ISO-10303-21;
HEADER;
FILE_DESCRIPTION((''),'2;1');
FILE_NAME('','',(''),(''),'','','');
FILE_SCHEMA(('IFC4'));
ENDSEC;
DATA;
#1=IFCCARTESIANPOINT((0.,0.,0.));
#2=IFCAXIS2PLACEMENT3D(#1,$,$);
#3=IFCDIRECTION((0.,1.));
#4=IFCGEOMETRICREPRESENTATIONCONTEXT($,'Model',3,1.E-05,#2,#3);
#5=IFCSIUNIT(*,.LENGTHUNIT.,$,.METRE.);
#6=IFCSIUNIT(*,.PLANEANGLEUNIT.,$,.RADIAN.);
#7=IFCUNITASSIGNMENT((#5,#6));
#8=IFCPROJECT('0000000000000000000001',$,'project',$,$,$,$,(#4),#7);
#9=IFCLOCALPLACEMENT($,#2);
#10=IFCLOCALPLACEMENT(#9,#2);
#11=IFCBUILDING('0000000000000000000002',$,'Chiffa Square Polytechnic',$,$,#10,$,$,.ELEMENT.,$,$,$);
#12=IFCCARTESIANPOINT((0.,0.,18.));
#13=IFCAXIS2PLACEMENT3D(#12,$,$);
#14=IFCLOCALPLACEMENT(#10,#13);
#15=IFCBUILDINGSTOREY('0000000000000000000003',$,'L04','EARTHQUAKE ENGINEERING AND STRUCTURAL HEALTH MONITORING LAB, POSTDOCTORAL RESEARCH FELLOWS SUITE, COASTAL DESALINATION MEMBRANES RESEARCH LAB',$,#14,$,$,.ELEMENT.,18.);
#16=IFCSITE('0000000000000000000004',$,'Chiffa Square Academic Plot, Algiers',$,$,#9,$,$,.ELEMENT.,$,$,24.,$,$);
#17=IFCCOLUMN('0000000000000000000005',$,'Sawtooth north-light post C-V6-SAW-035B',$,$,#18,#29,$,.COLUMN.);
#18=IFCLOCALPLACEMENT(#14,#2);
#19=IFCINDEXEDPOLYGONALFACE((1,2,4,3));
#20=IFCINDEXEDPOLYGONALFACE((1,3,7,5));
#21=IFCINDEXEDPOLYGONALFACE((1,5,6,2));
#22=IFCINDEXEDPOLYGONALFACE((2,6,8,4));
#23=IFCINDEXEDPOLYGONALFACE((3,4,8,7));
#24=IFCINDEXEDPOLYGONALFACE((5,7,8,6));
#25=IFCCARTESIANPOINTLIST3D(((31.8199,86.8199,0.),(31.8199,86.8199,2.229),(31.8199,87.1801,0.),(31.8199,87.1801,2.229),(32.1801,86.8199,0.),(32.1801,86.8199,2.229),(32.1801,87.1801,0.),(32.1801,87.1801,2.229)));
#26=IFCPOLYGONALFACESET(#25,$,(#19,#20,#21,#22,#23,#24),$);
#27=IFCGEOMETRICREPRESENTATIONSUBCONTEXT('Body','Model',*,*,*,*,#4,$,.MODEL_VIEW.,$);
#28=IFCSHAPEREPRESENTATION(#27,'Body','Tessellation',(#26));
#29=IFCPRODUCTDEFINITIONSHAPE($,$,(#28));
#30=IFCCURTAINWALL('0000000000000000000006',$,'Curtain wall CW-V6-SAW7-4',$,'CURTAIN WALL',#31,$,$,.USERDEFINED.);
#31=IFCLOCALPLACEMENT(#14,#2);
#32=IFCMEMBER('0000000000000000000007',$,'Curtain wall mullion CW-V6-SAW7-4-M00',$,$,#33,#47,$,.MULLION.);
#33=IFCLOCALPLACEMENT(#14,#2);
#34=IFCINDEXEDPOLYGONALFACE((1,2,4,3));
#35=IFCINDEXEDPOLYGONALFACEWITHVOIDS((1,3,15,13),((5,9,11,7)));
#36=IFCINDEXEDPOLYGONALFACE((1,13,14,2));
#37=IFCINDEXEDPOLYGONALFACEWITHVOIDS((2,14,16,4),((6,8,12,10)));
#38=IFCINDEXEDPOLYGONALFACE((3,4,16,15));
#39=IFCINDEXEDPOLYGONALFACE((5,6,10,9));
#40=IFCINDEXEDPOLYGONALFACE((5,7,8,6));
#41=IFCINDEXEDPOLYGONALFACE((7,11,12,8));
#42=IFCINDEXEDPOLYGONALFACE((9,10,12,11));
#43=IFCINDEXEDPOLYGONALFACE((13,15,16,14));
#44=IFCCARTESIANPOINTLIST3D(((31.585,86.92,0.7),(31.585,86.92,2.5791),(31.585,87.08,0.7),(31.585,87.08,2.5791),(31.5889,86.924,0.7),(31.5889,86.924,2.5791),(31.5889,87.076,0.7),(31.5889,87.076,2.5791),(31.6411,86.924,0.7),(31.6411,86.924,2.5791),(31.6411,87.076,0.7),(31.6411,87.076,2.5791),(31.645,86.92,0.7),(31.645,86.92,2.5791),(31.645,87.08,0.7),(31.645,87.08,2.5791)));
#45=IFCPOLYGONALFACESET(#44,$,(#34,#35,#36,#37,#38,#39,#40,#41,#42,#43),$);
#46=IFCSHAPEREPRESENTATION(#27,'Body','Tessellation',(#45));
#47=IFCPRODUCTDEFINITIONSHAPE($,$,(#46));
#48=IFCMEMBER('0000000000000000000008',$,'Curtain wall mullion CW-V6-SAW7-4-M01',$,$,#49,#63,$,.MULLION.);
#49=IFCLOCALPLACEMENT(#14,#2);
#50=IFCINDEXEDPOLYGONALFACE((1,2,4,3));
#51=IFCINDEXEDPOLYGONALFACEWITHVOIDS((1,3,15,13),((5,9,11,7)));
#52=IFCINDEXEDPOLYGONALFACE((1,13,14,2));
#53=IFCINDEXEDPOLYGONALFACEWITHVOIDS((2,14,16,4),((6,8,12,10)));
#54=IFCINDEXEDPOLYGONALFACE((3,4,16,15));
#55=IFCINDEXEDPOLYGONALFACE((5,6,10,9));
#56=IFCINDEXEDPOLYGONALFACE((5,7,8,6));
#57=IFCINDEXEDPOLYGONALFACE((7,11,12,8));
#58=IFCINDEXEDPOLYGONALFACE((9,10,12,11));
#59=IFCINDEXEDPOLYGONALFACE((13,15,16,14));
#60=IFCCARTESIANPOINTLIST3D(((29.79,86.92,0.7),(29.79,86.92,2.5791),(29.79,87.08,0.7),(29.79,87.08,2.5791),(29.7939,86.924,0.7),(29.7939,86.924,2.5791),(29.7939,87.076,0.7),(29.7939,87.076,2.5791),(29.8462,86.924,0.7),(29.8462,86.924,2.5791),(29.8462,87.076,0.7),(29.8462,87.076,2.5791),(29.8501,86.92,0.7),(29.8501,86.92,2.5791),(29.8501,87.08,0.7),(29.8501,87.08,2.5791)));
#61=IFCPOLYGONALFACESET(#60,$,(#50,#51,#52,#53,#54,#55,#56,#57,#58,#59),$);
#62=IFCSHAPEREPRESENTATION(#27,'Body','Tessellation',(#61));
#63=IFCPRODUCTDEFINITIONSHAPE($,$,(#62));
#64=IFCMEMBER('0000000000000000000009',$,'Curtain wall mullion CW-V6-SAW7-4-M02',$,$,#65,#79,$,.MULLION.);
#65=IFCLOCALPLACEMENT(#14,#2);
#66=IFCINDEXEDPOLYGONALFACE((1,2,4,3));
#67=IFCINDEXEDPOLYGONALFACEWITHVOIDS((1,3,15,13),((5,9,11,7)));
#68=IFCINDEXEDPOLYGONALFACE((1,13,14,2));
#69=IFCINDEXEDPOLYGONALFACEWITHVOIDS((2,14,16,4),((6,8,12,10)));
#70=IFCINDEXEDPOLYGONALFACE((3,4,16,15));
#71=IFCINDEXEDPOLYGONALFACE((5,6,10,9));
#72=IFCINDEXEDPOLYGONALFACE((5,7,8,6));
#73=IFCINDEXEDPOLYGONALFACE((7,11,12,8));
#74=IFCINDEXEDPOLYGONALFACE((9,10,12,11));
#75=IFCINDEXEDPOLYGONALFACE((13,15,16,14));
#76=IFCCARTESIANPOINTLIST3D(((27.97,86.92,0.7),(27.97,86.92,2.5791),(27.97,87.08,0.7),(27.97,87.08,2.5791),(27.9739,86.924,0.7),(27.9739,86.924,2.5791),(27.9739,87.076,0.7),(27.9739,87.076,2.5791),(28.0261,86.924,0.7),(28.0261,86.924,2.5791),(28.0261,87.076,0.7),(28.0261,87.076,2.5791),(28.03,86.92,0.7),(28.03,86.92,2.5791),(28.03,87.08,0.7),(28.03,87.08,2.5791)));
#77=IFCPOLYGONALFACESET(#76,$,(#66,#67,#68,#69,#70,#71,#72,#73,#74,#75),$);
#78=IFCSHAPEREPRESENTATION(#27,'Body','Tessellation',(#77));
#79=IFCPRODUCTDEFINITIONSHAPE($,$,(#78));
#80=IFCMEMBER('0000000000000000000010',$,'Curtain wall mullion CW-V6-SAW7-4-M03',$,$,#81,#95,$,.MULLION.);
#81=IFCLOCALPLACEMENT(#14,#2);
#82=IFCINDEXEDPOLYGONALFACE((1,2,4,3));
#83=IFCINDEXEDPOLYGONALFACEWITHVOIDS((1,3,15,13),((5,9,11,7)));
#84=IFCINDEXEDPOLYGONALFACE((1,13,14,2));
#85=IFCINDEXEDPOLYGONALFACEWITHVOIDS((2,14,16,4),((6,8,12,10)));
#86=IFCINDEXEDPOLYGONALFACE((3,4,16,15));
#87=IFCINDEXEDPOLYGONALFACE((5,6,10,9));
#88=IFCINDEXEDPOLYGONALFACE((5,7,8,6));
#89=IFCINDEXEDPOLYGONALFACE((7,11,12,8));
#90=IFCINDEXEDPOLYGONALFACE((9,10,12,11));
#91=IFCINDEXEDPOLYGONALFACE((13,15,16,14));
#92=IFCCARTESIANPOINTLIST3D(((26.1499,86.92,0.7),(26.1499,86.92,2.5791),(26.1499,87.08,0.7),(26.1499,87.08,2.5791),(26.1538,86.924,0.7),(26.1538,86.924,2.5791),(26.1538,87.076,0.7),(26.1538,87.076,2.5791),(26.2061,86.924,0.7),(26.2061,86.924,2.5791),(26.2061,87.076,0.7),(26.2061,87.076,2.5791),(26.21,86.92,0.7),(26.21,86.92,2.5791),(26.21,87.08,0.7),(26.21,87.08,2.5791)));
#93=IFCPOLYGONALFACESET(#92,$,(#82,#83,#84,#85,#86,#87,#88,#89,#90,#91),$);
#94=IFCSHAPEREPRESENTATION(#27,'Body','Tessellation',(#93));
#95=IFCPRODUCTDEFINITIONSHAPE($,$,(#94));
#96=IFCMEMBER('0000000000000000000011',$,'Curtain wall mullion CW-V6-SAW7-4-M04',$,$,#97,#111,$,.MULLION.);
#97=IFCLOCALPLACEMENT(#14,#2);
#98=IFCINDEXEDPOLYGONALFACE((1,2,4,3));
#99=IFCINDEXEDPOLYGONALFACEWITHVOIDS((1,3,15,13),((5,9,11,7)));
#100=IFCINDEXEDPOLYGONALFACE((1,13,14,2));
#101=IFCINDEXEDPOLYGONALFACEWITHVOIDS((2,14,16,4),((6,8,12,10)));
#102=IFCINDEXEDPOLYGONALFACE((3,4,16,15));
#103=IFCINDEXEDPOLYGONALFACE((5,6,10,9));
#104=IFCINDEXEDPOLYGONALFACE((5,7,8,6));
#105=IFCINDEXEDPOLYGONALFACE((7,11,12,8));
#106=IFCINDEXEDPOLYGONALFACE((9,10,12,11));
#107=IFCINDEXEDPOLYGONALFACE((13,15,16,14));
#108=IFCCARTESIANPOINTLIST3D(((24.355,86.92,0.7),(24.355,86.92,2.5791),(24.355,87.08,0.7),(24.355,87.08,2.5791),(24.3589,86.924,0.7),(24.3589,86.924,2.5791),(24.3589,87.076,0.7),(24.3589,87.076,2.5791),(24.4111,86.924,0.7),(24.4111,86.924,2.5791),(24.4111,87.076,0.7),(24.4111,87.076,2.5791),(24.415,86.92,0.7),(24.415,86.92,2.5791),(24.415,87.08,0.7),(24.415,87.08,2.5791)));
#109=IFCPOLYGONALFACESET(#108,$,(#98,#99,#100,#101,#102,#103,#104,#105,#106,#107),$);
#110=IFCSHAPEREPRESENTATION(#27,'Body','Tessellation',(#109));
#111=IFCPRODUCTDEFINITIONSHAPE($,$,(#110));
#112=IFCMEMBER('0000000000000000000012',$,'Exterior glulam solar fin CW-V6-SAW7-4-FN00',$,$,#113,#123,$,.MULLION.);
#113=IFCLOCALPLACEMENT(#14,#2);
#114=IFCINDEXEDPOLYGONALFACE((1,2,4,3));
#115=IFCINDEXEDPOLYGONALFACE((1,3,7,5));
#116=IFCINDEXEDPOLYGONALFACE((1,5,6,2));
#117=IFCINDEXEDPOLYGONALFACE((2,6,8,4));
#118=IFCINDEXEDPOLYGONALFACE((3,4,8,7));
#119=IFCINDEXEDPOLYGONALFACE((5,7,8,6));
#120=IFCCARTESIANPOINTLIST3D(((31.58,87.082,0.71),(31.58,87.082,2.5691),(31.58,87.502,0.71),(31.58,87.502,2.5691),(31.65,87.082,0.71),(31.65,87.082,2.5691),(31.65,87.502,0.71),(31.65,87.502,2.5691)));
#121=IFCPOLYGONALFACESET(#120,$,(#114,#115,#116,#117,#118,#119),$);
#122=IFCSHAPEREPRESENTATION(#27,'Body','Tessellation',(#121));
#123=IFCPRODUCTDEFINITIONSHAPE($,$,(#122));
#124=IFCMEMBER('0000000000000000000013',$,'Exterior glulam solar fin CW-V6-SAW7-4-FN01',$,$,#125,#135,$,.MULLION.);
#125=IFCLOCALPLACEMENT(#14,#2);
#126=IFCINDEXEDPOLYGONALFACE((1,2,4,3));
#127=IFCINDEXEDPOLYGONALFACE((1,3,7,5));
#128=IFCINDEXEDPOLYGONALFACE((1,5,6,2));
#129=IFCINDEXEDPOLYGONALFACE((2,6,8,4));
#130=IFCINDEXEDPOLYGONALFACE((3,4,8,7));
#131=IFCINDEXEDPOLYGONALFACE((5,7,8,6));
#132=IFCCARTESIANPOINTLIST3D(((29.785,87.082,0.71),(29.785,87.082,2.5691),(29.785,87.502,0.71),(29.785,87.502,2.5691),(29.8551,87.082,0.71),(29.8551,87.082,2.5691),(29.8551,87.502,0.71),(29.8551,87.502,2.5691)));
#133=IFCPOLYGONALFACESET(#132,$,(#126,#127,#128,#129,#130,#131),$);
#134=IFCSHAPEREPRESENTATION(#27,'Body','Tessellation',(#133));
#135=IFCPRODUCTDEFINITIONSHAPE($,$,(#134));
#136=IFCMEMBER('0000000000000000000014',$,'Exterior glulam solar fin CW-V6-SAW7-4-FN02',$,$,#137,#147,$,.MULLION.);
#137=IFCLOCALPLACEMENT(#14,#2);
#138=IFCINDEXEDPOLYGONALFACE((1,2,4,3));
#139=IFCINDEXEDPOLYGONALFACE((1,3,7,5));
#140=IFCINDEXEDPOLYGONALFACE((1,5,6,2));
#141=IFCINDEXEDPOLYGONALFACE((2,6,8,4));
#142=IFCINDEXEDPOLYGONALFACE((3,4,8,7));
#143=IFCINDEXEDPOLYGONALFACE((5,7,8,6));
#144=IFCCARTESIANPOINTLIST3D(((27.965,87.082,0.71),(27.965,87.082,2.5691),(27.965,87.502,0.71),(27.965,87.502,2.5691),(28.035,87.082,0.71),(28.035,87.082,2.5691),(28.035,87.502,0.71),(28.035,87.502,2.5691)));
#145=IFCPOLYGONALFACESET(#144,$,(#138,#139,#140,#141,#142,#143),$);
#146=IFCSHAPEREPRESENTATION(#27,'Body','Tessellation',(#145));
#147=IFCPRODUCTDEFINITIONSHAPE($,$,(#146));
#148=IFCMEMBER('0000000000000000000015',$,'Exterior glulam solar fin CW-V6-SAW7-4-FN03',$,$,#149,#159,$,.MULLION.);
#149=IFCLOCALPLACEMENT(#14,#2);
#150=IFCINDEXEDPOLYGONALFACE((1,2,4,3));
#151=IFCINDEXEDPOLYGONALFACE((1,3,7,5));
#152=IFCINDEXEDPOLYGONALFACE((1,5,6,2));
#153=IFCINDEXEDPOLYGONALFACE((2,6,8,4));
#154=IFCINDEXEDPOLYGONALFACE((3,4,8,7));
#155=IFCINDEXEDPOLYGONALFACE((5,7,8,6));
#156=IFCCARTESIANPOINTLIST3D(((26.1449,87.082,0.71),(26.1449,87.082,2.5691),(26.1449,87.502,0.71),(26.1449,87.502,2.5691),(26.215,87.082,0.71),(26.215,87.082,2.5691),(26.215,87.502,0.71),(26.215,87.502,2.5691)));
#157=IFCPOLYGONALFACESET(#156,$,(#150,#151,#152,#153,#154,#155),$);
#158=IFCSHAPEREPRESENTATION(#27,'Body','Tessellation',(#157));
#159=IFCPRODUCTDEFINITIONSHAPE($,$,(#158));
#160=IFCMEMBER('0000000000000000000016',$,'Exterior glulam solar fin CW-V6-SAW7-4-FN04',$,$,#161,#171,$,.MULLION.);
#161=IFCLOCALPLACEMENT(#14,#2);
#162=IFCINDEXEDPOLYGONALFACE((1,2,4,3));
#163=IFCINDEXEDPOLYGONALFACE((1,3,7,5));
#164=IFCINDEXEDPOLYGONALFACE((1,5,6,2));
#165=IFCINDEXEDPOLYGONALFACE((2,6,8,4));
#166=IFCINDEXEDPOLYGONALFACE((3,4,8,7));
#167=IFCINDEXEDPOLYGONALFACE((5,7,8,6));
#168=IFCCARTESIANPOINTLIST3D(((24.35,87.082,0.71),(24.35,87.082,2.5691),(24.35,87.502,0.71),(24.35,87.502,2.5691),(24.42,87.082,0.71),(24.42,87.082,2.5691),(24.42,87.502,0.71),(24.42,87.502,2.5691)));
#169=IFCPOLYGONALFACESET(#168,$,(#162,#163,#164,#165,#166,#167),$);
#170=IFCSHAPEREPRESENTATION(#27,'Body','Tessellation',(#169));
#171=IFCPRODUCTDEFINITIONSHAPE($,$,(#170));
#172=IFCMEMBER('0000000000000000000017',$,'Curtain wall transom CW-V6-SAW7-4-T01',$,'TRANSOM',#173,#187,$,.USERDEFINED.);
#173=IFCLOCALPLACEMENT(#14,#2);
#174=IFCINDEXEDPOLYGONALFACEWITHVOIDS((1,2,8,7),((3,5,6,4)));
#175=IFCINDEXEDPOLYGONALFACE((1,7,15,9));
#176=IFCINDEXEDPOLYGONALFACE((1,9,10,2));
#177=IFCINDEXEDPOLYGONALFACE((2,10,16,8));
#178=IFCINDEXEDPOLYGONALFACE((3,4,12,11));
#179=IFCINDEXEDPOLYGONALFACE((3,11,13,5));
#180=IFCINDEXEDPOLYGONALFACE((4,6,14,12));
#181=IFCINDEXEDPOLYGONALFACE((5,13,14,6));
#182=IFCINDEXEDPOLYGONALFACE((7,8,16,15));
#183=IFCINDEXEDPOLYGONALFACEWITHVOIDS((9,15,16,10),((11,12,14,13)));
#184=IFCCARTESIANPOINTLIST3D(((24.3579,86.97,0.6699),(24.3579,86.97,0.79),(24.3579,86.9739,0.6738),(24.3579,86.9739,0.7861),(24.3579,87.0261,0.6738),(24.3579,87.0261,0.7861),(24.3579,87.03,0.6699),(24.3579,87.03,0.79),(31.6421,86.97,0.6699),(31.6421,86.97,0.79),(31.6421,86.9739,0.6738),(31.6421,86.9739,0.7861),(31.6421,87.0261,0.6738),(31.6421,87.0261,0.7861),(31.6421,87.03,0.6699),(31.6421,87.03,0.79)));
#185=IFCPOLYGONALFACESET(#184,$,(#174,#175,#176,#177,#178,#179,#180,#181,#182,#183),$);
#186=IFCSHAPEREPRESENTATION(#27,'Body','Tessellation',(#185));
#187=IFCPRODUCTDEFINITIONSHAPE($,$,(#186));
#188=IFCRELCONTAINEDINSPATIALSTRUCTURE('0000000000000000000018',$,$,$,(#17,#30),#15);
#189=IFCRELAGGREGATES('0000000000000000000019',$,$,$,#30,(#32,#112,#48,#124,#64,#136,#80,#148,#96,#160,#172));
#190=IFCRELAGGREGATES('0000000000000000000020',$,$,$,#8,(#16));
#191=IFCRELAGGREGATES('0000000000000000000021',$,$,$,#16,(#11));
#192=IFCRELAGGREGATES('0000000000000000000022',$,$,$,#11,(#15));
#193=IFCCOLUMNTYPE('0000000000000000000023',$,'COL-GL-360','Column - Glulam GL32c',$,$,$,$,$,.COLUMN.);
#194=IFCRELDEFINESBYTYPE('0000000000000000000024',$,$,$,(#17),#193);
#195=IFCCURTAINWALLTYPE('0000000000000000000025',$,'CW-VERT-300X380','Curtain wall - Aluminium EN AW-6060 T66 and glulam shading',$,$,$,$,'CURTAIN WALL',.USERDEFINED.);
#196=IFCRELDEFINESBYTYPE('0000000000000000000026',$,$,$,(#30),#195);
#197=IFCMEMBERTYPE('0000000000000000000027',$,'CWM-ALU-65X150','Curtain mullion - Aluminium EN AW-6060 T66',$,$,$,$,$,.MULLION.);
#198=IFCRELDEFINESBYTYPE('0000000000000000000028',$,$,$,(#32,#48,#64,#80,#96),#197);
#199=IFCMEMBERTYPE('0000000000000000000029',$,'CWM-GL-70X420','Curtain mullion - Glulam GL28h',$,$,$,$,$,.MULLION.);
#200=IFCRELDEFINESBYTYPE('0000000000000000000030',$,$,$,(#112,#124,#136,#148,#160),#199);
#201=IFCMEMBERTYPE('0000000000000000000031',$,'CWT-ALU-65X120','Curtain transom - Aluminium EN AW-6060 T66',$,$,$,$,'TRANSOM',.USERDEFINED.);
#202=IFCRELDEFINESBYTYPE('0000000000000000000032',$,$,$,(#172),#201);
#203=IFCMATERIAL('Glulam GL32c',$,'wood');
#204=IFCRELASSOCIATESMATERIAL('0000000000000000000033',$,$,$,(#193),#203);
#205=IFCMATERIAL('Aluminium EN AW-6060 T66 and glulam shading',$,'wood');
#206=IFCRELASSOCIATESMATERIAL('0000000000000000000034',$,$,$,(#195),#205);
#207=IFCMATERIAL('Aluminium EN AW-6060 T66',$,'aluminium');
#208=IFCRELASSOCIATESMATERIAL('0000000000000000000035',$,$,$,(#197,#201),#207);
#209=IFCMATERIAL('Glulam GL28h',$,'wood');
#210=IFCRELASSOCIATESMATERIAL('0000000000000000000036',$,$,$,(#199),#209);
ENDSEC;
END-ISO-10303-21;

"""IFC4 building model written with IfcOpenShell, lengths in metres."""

from ifc_helpers import new_model, si_unit, direction, frame, origin, origin_2d, place, context, subcontext, project, spatial, rectangle, hollow_rectangle, extrude, material, material_profile, profile_set, type_object, element, aggregate, save


model = new_model("IFC4")

# Units and contexts
model_context = context("Model", 3, precision=1e-05, world=origin(), true_north=direction((0.0, 1.0)))
body_context = subcontext(model_context, "Body", "Model", "MODEL_VIEW")
ifc_project = project(units=[si_unit("LENGTHUNIT", "METRE"), si_unit("PLANEANGLEUNIT", "RADIAN")], contexts=[model_context])

# Site, building, storey
site_placement = place(None, origin())
site = spatial("IfcSite", under=ifc_project, at=site_placement, Name="Chiffa Square Academic Plot, Algiers", CompositionType="ELEMENT", RefElevation=24.0)
building_placement = place(site_placement, origin())
building = spatial("IfcBuilding", under=site, at=building_placement, Name="Chiffa Square Polytechnic", CompositionType="ELEMENT")
storey_placement = place(building_placement, frame((0.0, 0.0, 18.0)))
storey = spatial("IfcBuildingStorey", under=building, at=storey_placement, Name="L04", Description="EARTHQUAKE ENGINEERING AND STRUCTURAL HEALTH MONITORING LAB, POSTDOCTORAL RESEARCH FELLOWS SUITE, COASTAL DESALINATION MEMBRANES RESEARCH LAB", CompositionType="ELEMENT", Elevation=18.0)

# Column
ifc_material_1 = material(Name="Glulam GL32c", Category="wood")
ifc_material_profile_1 = material_profile(ifc_material_1, rectangle(XDim=0.3601, YDim=0.3601, at=origin_2d()), Name="GL32c 360x360")
ifc_profile_set_1 = profile_set([ifc_material_profile_1], Name="Glulam GL32c")
column_type = type_object("IfcColumnType", Name="COL-GL-360", Description="Column - Glulam GL32c", PredefinedType="COLUMN", material=ifc_profile_set_1)
column_placement = place(storey_placement, frame((32.0, 87.0, 0.0), z_axis=(0.0, 0.0, 1.0), x_axis=(1.0, 0.0, 0.0)))
element("IfcColumn", 1, at=column_placement, inside=storey, type_object=column_type, Name="Sawtooth north-light post C-V6-SAW-035B", PredefinedType="COLUMN", context=body_context, shape_type="SweptSolid", body=[
    extrude(rectangle(XDim=0.3601, YDim=0.3601, at=origin_2d()), origin(), (0.0, 0.0, 1.0), 2.229),
])

# Curtain wall, members
ifc_material_2 = material(Name="Aluminium EN AW-6060 T66 and glulam shading", Category="wood")
curtain_wall_type = type_object("IfcCurtainWallType", Name="CW-VERT-300X380", Description="Curtain wall - Aluminium EN AW-6060 T66 and glulam shading", ElementType="CURTAIN WALL", PredefinedType="USERDEFINED", material=ifc_material_2)
curtain_wall_placement = place(storey_placement, origin())
curtain_wall = element("IfcCurtainWall", 2, at=curtain_wall_placement, inside=storey, type_object=curtain_wall_type, Name="Curtain wall CW-V6-SAW7-4", ObjectType="CURTAIN WALL", PredefinedType="USERDEFINED")
ifc_material_3 = material(Name="Aluminium EN AW-6060 T66", Category="aluminium")
ifc_material_profile_2 = material_profile(ifc_material_3, hollow_rectangle(XDim=0.0601, YDim=0.1599, WallThickness=0.0039, at=origin_2d()), Name="ALU 60x160x4")
ifc_profile_set_2 = profile_set([ifc_material_profile_2], Name="Aluminium EN AW-6060 T66")
member_type_1 = type_object("IfcMemberType", Name="CWM-ALU-65X150", Description="Curtain mullion - Aluminium EN AW-6060 T66", PredefinedType="MULLION", material=ifc_profile_set_2)
member_1_placement = place(storey_placement, frame((31.615, 87.0, 0.7), z_axis=(0.0, 0.0, 1.0), x_axis=(1.0, 0.0, 0.0)))
member_1 = element("IfcMember", 3, at=member_1_placement, type_object=member_type_1, Name="Curtain wall mullion CW-V6-SAW7-4-M00", PredefinedType="MULLION", context=body_context, shape_type="SweptSolid", body=[
    extrude(hollow_rectangle(XDim=0.0601, YDim=0.1599, WallThickness=0.0039, at=origin_2d()), origin(), (0.0, 0.0, 1.0), 1.8792),
])
member_2_placement = place(storey_placement, frame((29.8201, 87.0, 0.7), z_axis=(0.0, 0.0, 1.0), x_axis=(1.0, 0.0, 0.0)))
member_2 = element("IfcMember", 4, at=member_2_placement, type_object=member_type_1, Name="Curtain wall mullion CW-V6-SAW7-4-M01", PredefinedType="MULLION", context=body_context, shape_type="SweptSolid", body=[
    extrude(hollow_rectangle(XDim=0.0601, YDim=0.1599, WallThickness=0.0039, at=origin_2d()), origin(), (0.0, 0.0, 1.0), 1.8792),
])
member_3_placement = place(storey_placement, frame((28.0, 87.0, 0.7), z_axis=(0.0, 0.0, 1.0), x_axis=(1.0, 0.0, 0.0)))
member_3 = element("IfcMember", 5, at=member_3_placement, type_object=member_type_1, Name="Curtain wall mullion CW-V6-SAW7-4-M02", PredefinedType="MULLION", context=body_context, shape_type="SweptSolid", body=[
    extrude(hollow_rectangle(XDim=0.0601, YDim=0.1599, WallThickness=0.0039, at=origin_2d()), origin(), (0.0, 0.0, 1.0), 1.8792),
])
member_4_placement = place(storey_placement, frame((26.1799, 87.0, 0.7), z_axis=(0.0, 0.0, 1.0), x_axis=(1.0, 0.0, 0.0)))
member_4 = element("IfcMember", 6, at=member_4_placement, type_object=member_type_1, Name="Curtain wall mullion CW-V6-SAW7-4-M03", PredefinedType="MULLION", context=body_context, shape_type="SweptSolid", body=[
    extrude(hollow_rectangle(XDim=0.0601, YDim=0.1599, WallThickness=0.0039, at=origin_2d()), origin(), (0.0, 0.0, 1.0), 1.8792),
])
member_5_placement = place(storey_placement, frame((24.385, 87.0, 0.7), z_axis=(0.0, 0.0, 1.0), x_axis=(1.0, 0.0, 0.0)))
member_5 = element("IfcMember", 7, at=member_5_placement, type_object=member_type_1, Name="Curtain wall mullion CW-V6-SAW7-4-M04", PredefinedType="MULLION", context=body_context, shape_type="SweptSolid", body=[
    extrude(hollow_rectangle(XDim=0.0601, YDim=0.1599, WallThickness=0.0039, at=origin_2d()), origin(), (0.0, 0.0, 1.0), 1.8792),
])
ifc_material_4 = material(Name="Glulam GL28h", Category="wood")
ifc_material_profile_3 = material_profile(ifc_material_4, rectangle(XDim=0.0701, YDim=0.4199, at=origin_2d()), Name="GL28h 70x420")
ifc_profile_set_3 = profile_set([ifc_material_profile_3], Name="Glulam GL28h")
member_type_2 = type_object("IfcMemberType", Name="CWM-GL-70X420", Description="Curtain mullion - Glulam GL28h", PredefinedType="MULLION", material=ifc_profile_set_3)
member_6_placement = place(storey_placement, frame((31.615, 87.292, 0.71), z_axis=(0.0, 0.0, 1.0), x_axis=(-1.0, 0.0, 0.0)))
member_6 = element("IfcMember", 8, at=member_6_placement, type_object=member_type_2, Name="Exterior glulam solar fin CW-V6-SAW7-4-FN00", PredefinedType="MULLION", context=body_context, shape_type="SweptSolid", body=[
    extrude(rectangle(XDim=0.0701, YDim=0.4199, at=origin_2d()), origin(), (0.0, 0.0, 1.0), 1.8591),
])
member_7_placement = place(storey_placement, frame((29.8201, 87.292, 0.71), z_axis=(0.0, 0.0, 1.0), x_axis=(-1.0, 0.0, 0.0)))
member_7 = element("IfcMember", 9, at=member_7_placement, type_object=member_type_2, Name="Exterior glulam solar fin CW-V6-SAW7-4-FN01", PredefinedType="MULLION", context=body_context, shape_type="SweptSolid", body=[
    extrude(rectangle(XDim=0.0701, YDim=0.4199, at=origin_2d()), origin(), (0.0, 0.0, 1.0), 1.8591),
])
member_8_placement = place(storey_placement, frame((28.0, 87.292, 0.71), z_axis=(0.0, 0.0, 1.0), x_axis=(-1.0, 0.0, 0.0)))
member_8 = element("IfcMember", 10, at=member_8_placement, type_object=member_type_2, Name="Exterior glulam solar fin CW-V6-SAW7-4-FN02", PredefinedType="MULLION", context=body_context, shape_type="SweptSolid", body=[
    extrude(rectangle(XDim=0.0701, YDim=0.4199, at=origin_2d()), origin(), (0.0, 0.0, 1.0), 1.8591),
])
member_9_placement = place(storey_placement, frame((26.1799, 87.292, 0.71), z_axis=(0.0, 0.0, 1.0), x_axis=(-1.0, 0.0, 0.0)))
member_9 = element("IfcMember", 11, at=member_9_placement, type_object=member_type_2, Name="Exterior glulam solar fin CW-V6-SAW7-4-FN03", PredefinedType="MULLION", context=body_context, shape_type="SweptSolid", body=[
    extrude(rectangle(XDim=0.0701, YDim=0.4199, at=origin_2d()), origin(), (0.0, 0.0, 1.0), 1.8591),
])
member_10_placement = place(storey_placement, frame((24.385, 87.292, 0.71), z_axis=(0.0, 0.0, 1.0), x_axis=(-1.0, 0.0, 0.0)))
member_10 = element("IfcMember", 12, at=member_10_placement, type_object=member_type_2, Name="Exterior glulam solar fin CW-V6-SAW7-4-FN04", PredefinedType="MULLION", context=body_context, shape_type="SweptSolid", body=[
    extrude(rectangle(XDim=0.0701, YDim=0.4199, at=origin_2d()), origin(), (0.0, 0.0, 1.0), 1.8591),
])
ifc_material_profile_4 = material_profile(ifc_material_3, hollow_rectangle(XDim=0.0601, YDim=0.1201, WallThickness=0.0039, at=origin_2d()), Name="ALU 60x120x4")
ifc_profile_set_4 = profile_set([ifc_material_profile_4], Name="Aluminium EN AW-6060 T66")
member_type_3 = type_object("IfcMemberType", Name="CWT-ALU-65X120", Description="Curtain transom - Aluminium EN AW-6060 T66", ElementType="TRANSOM", PredefinedType="USERDEFINED", material=ifc_profile_set_4)
member_11_placement = place(storey_placement, frame((31.6421, 87.0, 0.73), z_axis=(-1.0, 0.0, 0.0), x_axis=(0.0, -1.0, 0.0)))
member_11 = element("IfcMember", 13, at=member_11_placement, type_object=member_type_3, Name="Curtain wall transom CW-V6-SAW7-4-T01", ObjectType="TRANSOM", PredefinedType="USERDEFINED", context=body_context, shape_type="SweptSolid", body=[
    extrude(hollow_rectangle(XDim=0.0601, YDim=0.1201, WallThickness=0.0039, at=origin_2d()), origin(), (0.0, 0.0, 1.0), 7.2842),
])

aggregate(curtain_wall, [member_1, member_6, member_2, member_7, member_3, member_8, member_4, member_9, member_5, member_10, member_11])

save(model, "model.ifc")
